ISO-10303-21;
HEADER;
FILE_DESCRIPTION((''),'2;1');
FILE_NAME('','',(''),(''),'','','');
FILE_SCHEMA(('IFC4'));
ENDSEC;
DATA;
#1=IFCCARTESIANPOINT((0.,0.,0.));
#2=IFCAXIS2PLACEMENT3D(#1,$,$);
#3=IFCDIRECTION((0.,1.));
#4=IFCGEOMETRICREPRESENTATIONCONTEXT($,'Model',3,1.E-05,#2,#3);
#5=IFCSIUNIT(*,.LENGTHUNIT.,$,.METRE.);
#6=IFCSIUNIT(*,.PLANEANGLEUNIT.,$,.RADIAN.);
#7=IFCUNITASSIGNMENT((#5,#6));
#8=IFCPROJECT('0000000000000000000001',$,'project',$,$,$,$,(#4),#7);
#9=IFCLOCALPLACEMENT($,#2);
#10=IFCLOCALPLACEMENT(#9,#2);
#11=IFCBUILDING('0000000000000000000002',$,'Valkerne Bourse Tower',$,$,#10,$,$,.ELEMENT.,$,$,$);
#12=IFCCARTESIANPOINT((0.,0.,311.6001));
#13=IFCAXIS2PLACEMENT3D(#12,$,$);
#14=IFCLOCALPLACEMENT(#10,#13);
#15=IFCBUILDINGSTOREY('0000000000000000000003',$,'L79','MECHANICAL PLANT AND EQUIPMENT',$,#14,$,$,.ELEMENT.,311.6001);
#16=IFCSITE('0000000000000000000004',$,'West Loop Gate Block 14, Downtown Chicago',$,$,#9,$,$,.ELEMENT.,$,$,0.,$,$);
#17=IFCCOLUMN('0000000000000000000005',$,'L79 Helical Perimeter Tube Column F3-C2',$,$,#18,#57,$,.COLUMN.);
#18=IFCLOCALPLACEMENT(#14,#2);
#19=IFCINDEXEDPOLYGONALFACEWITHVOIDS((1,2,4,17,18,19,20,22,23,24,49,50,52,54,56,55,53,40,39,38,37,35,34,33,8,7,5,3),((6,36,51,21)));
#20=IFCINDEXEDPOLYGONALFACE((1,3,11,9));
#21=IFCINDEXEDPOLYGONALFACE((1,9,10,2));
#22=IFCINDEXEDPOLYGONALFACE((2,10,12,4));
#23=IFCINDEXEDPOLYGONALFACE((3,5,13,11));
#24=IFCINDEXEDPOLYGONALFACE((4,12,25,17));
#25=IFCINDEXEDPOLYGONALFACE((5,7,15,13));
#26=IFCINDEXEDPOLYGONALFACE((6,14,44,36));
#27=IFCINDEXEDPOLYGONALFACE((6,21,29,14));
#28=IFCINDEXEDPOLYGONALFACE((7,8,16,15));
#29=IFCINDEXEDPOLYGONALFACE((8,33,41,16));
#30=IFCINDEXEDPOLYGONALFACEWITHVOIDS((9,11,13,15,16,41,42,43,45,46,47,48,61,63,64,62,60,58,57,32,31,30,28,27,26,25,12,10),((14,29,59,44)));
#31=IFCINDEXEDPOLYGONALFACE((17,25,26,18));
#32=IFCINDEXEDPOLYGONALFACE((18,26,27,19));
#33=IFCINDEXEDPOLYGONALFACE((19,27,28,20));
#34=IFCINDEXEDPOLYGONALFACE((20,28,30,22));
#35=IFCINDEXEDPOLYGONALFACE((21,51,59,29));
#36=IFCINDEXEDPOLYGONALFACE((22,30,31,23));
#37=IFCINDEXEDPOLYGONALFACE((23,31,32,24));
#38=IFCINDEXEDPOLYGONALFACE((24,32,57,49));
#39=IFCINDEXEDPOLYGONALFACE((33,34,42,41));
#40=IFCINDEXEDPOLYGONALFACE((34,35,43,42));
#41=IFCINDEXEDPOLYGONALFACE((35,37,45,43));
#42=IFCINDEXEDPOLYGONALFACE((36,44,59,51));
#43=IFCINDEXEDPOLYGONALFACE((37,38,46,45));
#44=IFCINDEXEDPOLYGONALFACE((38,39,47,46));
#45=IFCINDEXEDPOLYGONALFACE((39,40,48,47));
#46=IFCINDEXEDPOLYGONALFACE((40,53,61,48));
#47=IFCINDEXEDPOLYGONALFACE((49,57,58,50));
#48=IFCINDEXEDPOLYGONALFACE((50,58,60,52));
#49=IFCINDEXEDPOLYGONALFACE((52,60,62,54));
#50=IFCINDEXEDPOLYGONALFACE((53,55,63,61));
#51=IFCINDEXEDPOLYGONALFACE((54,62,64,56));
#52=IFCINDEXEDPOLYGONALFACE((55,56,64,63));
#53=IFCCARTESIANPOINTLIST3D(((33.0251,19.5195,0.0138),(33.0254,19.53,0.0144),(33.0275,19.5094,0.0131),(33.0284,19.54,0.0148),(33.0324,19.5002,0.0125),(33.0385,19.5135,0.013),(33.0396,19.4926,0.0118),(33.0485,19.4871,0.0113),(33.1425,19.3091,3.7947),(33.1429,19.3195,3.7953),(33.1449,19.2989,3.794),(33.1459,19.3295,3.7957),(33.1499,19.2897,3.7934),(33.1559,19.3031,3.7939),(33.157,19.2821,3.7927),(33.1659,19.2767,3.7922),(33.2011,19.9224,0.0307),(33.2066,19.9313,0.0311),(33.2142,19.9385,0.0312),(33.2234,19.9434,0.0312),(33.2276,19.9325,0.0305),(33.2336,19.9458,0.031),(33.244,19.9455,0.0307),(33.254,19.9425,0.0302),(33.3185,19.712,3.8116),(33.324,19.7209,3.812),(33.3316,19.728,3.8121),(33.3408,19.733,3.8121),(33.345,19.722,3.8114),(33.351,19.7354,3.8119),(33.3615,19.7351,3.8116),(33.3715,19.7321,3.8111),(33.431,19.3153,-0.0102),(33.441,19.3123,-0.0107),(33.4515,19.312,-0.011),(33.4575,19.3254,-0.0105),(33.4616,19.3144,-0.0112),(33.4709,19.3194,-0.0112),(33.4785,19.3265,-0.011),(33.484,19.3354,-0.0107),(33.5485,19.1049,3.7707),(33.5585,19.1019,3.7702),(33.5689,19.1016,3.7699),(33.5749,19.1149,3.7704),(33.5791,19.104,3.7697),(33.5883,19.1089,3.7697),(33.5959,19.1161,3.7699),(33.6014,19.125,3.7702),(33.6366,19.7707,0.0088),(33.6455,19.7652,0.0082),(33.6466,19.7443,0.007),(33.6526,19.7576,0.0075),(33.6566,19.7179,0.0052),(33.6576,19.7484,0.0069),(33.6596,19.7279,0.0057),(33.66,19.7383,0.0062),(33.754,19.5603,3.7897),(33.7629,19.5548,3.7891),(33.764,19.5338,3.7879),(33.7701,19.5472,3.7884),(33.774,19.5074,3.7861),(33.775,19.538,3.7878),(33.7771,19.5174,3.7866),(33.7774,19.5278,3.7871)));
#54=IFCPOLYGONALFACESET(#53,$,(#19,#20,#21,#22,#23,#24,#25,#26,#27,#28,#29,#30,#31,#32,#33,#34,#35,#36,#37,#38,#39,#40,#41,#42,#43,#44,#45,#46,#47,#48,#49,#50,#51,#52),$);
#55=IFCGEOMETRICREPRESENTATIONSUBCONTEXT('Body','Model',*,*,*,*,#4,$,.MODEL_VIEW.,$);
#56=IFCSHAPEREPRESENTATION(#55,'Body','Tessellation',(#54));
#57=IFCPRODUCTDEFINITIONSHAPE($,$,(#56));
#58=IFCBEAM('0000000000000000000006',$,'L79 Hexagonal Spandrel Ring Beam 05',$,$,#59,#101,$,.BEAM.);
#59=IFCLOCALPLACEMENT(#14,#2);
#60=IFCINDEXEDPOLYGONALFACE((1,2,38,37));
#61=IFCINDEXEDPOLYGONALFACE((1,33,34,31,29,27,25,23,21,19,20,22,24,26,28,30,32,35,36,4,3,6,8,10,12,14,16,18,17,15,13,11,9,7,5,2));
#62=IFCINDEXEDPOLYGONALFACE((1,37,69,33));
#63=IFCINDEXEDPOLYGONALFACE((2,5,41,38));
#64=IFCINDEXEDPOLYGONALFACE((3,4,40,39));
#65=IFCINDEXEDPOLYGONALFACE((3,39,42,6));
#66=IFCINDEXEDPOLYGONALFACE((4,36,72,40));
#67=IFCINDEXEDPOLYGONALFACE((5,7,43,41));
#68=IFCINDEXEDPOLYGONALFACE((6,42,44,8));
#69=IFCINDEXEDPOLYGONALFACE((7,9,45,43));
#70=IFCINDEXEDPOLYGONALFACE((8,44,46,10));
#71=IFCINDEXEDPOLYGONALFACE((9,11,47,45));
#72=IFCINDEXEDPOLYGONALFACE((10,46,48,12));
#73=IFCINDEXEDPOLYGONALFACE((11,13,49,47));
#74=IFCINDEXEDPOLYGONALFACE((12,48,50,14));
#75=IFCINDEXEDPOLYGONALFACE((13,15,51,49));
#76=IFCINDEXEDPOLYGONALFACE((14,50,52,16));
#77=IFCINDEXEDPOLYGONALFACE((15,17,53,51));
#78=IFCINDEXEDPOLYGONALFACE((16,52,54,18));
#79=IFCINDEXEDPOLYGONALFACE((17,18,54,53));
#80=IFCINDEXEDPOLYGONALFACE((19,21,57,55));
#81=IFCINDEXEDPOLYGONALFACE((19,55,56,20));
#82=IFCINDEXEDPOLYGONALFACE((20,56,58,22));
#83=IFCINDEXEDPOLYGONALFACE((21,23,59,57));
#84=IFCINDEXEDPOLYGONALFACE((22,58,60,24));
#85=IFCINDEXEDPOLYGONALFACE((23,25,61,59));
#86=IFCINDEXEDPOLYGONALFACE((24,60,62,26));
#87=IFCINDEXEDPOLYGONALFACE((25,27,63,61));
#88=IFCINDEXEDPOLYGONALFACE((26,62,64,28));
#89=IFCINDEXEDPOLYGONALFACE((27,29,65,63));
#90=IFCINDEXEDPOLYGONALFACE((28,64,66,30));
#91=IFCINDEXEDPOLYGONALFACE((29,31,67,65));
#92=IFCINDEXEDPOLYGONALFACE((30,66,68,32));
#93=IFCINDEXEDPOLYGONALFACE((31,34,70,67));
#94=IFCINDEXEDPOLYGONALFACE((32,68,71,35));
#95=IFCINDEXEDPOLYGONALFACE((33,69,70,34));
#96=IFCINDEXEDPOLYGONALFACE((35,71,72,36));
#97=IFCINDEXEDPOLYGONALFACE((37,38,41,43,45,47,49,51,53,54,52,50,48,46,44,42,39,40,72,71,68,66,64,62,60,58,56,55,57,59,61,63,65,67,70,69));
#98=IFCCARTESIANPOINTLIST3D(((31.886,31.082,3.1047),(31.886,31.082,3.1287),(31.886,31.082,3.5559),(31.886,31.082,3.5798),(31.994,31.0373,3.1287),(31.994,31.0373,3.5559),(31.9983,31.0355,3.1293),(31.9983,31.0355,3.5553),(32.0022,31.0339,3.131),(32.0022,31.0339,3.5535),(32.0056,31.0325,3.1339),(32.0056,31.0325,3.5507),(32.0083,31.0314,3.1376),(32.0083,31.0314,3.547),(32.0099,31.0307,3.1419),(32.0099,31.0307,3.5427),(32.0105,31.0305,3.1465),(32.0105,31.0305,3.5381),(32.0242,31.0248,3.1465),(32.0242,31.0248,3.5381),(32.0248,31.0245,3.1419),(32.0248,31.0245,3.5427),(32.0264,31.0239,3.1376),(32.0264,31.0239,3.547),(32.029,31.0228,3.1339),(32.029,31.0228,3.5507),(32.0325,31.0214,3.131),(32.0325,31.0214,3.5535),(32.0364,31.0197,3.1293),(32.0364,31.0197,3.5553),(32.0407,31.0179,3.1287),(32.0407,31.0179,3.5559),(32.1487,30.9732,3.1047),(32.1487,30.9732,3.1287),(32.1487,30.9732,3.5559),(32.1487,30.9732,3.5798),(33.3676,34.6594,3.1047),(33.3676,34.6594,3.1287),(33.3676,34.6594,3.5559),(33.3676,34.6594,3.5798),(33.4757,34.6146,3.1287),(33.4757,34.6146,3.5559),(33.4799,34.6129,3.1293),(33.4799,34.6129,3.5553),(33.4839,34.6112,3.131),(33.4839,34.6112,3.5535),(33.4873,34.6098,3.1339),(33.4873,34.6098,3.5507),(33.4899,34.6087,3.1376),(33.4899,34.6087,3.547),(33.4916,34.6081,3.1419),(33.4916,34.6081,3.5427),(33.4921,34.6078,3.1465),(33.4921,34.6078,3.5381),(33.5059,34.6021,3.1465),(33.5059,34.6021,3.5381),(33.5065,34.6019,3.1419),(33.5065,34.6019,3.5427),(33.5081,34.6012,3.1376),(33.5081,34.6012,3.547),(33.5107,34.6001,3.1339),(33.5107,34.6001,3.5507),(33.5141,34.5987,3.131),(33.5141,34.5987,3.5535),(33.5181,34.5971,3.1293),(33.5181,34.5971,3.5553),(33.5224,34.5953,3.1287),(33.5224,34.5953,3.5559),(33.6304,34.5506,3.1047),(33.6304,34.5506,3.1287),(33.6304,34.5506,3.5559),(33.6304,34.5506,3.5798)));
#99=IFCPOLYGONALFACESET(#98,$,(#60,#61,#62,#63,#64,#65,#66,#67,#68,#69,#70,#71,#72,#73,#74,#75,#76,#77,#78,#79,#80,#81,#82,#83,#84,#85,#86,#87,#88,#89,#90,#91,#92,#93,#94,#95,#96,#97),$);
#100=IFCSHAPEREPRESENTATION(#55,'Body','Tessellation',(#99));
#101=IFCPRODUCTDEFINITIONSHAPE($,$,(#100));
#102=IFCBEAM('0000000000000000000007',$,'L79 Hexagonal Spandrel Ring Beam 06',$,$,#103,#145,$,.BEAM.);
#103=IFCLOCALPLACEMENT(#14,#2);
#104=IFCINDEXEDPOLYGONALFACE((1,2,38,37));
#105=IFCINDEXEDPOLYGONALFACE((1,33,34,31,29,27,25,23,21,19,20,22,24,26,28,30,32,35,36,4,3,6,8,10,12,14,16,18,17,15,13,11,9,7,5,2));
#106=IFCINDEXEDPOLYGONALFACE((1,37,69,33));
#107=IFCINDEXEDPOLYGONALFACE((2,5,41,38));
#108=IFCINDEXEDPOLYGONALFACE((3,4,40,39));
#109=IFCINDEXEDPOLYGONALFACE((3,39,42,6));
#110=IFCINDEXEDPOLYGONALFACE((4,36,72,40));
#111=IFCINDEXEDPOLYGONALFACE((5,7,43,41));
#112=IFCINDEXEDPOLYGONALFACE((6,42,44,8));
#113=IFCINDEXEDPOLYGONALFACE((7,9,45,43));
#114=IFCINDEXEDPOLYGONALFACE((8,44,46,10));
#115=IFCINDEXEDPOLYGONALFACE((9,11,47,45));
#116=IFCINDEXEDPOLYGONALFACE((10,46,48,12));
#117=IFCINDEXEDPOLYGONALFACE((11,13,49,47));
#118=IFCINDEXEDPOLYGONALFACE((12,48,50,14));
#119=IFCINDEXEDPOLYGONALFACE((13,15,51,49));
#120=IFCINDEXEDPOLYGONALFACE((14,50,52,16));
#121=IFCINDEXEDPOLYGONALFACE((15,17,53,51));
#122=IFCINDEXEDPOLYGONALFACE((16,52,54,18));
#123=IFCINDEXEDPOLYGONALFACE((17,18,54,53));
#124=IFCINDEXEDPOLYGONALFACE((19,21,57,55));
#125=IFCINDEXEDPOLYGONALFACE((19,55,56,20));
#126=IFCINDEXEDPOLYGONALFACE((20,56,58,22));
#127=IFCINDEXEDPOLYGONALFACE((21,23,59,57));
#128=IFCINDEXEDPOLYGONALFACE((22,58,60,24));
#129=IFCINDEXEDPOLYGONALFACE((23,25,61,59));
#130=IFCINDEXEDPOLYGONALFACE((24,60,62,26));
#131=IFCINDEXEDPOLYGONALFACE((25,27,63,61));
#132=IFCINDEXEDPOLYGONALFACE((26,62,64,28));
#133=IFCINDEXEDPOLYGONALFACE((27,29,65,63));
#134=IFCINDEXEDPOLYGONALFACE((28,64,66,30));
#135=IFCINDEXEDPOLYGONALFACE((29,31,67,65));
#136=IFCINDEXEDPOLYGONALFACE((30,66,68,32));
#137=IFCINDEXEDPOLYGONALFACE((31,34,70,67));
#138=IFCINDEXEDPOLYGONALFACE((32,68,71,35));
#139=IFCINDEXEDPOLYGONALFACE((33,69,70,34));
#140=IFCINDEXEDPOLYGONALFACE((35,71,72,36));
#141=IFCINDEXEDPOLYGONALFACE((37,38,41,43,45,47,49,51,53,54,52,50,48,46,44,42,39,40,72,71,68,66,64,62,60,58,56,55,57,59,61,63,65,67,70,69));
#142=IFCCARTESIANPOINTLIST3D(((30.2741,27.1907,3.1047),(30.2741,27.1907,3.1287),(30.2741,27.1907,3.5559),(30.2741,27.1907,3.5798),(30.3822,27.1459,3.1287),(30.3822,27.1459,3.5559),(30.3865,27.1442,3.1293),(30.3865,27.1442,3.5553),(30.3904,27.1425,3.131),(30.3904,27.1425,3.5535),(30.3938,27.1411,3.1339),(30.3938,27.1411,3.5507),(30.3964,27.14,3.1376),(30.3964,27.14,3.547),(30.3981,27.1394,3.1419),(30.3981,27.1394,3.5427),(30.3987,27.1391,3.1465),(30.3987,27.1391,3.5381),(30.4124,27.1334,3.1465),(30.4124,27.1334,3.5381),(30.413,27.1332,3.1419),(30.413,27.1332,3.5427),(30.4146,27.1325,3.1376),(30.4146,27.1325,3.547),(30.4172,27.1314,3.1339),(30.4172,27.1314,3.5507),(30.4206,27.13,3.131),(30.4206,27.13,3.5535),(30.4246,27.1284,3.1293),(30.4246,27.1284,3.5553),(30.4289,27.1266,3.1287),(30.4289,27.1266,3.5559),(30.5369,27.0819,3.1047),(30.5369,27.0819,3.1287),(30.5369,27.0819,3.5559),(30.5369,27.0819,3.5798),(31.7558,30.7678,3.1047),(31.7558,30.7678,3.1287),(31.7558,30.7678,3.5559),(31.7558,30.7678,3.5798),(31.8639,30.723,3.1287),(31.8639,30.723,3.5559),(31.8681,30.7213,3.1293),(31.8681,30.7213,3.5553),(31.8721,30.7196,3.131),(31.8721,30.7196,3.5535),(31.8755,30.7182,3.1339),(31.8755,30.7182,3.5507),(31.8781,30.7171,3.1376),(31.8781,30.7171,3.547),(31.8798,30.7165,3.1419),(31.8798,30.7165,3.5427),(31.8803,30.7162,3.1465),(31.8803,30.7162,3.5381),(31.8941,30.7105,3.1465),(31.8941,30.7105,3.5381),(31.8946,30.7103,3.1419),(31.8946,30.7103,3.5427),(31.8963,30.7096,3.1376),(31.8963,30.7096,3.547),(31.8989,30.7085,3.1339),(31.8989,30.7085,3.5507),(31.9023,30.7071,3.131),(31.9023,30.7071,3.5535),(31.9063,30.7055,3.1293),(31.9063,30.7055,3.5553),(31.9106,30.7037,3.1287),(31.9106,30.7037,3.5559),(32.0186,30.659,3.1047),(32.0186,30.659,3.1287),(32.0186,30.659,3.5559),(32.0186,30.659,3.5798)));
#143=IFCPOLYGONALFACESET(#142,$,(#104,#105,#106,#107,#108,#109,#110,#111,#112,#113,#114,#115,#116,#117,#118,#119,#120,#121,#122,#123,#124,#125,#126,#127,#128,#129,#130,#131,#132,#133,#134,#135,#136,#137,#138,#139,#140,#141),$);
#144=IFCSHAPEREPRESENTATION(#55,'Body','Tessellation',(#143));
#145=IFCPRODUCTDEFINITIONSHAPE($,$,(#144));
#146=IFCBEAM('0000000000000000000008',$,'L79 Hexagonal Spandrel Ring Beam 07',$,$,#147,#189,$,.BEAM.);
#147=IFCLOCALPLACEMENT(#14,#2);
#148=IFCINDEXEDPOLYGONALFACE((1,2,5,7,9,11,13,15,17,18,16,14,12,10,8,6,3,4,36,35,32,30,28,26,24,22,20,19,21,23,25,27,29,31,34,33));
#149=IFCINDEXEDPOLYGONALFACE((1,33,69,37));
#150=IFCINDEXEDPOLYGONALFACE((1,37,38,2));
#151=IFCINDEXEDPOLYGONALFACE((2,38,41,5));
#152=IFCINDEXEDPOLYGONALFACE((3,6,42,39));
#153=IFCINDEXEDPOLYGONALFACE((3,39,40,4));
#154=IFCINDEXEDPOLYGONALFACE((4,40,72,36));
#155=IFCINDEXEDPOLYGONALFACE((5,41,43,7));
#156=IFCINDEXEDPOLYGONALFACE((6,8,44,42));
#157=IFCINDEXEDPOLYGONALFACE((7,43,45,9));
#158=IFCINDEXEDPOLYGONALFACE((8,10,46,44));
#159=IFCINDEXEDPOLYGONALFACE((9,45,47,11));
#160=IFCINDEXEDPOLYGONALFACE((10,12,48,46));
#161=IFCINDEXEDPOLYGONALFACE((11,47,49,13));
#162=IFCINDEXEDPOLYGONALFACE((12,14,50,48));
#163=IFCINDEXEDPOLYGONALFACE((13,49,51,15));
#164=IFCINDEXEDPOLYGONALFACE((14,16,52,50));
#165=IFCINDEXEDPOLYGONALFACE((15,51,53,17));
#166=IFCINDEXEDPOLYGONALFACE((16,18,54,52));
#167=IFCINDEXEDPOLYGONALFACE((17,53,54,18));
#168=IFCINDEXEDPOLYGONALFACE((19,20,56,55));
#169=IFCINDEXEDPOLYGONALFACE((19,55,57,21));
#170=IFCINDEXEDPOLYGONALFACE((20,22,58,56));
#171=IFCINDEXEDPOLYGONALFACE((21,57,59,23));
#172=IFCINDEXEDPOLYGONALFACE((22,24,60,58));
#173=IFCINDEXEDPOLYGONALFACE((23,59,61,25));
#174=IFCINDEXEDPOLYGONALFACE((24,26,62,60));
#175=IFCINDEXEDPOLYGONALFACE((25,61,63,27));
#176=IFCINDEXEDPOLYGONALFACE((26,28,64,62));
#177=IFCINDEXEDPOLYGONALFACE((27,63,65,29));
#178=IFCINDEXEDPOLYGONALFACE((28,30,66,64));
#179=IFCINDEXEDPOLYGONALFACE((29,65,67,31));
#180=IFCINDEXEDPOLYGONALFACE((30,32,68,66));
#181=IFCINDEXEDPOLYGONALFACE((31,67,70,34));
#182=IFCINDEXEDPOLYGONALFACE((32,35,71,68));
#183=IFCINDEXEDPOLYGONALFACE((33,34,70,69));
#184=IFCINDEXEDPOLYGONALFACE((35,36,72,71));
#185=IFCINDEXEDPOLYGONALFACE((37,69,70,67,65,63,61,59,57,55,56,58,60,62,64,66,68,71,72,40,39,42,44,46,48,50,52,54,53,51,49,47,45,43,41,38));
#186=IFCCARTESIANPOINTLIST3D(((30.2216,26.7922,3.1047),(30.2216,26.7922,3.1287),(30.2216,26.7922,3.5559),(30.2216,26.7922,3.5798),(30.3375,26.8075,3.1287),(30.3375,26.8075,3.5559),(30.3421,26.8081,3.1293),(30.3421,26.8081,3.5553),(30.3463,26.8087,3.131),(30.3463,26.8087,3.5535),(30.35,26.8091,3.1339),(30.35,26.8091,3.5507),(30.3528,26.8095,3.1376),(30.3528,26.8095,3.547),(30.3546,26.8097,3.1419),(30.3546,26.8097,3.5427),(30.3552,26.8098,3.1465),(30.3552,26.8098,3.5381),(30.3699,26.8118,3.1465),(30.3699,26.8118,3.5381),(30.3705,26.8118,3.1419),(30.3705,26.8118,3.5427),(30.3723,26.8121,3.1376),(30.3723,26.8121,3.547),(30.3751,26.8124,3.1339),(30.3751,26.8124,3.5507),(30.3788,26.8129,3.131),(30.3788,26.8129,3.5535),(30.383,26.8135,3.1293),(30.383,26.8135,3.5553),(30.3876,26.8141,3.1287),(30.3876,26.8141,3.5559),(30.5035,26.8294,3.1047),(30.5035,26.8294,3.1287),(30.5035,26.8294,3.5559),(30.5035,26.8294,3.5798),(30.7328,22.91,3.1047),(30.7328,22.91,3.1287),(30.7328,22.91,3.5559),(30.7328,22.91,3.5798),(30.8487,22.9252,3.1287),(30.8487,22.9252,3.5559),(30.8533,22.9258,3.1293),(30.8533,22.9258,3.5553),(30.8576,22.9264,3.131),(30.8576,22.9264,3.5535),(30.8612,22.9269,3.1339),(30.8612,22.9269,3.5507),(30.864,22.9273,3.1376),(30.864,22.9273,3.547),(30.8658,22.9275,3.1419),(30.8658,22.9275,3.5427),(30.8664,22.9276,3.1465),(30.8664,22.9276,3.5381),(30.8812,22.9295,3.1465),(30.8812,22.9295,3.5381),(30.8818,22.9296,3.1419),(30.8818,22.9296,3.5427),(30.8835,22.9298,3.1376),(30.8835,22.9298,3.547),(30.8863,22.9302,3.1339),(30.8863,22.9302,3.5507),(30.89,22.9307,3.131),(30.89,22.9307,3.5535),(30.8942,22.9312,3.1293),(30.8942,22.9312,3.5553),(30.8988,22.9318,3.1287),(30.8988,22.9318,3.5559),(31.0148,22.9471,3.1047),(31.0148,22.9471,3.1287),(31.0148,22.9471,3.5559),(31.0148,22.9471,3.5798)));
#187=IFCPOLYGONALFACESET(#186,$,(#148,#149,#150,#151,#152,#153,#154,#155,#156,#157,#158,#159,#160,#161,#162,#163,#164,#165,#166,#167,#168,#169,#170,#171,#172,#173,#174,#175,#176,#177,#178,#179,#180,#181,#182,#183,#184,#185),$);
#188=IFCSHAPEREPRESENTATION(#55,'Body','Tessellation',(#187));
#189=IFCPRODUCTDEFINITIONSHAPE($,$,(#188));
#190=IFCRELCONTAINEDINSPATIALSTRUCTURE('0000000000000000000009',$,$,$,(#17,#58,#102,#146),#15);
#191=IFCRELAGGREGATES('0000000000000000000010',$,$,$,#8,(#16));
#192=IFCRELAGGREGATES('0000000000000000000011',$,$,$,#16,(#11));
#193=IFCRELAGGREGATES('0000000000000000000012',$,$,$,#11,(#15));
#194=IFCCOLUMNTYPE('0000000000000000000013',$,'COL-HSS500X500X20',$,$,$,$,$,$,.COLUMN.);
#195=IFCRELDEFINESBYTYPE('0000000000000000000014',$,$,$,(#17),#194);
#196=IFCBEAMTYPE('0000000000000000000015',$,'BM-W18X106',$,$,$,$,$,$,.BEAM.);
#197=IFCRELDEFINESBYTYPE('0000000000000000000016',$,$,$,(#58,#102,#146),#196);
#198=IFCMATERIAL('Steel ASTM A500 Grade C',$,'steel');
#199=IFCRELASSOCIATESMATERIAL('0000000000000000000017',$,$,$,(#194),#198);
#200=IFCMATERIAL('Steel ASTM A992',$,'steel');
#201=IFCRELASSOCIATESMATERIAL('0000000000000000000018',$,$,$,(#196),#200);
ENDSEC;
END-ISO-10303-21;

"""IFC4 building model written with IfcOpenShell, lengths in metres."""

from ifc_helpers import new_model, si_unit, direction, frame, origin, origin_2d, place, context, subcontext, project, spatial, hollow_rectangle, i_section, extrude, material, material_profile, profile_set, type_object, element, save


model = new_model("IFC4")

# Units and contexts
model_context = context("Model", 3, precision=1e-05, world=origin(), true_north=direction((0.0, 1.0)))
body_context = subcontext(model_context, "Body", "Model", "MODEL_VIEW")
ifc_project = project(units=[si_unit("LENGTHUNIT", "METRE"), si_unit("PLANEANGLEUNIT", "RADIAN")], contexts=[model_context])

# Site, building, storey
site_placement = place(None, origin())
site = spatial("IfcSite", under=ifc_project, at=site_placement, Name="West Loop Gate Block 14, Downtown Chicago", CompositionType="ELEMENT", RefElevation=0.0)
building_placement = place(site_placement, origin())
building = spatial("IfcBuilding", under=site, at=building_placement, Name="Valkerne Bourse Tower", CompositionType="ELEMENT")
storey_placement = place(building_placement, frame((0.0, 0.0, 311.6001)))
storey = spatial("IfcBuildingStorey", under=building, at=storey_placement, Name="L79", Description="MECHANICAL PLANT AND EQUIPMENT", CompositionType="ELEMENT", Elevation=311.6001)

# Column
ifc_material_1 = material(Name="Steel ASTM A500 Grade C", Category="steel")
ifc_material_profile_1 = material_profile(ifc_material_1, hollow_rectangle(XDim=0.5, YDim=0.5, WallThickness=0.02, OuterFilletRadius=0.04, at=origin_2d()), Name="HSS500X500X20")
ifc_profile_set_1 = profile_set([ifc_material_profile_1], Name="Steel ASTM A500 Grade C")
column_type = type_object("IfcColumnType", Name="COL-HSS500X500X20", PredefinedType="COLUMN", material=ifc_profile_set_1)
column_placement = place(storey_placement, frame((33.3425, 19.6289, 0.01), z_axis=(0.030995, -0.055547, 0.997975), x_axis=(0.911054, -0.409113, -0.051067)))
element("IfcColumn", 1, at=column_placement, inside=storey, type_object=column_type, Name="L79 Helical Perimeter Tube Column F3-C2", PredefinedType="COLUMN", context=body_context, shape_type="SweptSolid", body=[
    extrude(hollow_rectangle(XDim=0.5, YDim=0.5, WallThickness=0.02, OuterFilletRadius=0.04, at=origin_2d()), origin(), (0.0, 0.0, 1.0), 3.7886),
])

# Beams
ifc_material_2 = material(Name="Steel ASTM A992", Category="steel")
ifc_material_profile_2 = material_profile(ifc_material_2, i_section(OverallWidth=0.2844, OverallDepth=0.4751, WebThickness=0.0149, FlangeThickness=0.0239, FilletRadius=0.0178, at=origin_2d()), Name="W18X106")
ifc_profile_set_2 = profile_set([ifc_material_profile_2], Name="Steel ASTM A992")
beam_type_1 = type_object("IfcBeamType", Name="BM-W18X106", PredefinedType="BEAM", material=ifc_profile_set_2)
beam_1_placement = place(storey_placement, frame((33.499, 34.605, 3.3423), z_axis=(-0.382658, -0.92389, 0.0), x_axis=(0.92389, -0.382658, 0.0)))
element("IfcBeam", 2, at=beam_1_placement, inside=storey, type_object=beam_type_1, Name="L79 Hexagonal Spandrel Ring Beam 05", PredefinedType="BEAM", context=body_context, shape_type="SweptSolid", body=[
    extrude(i_section(OverallWidth=0.2844, OverallDepth=0.4751, WebThickness=0.0149, FlangeThickness=0.0239, FilletRadius=0.0178, at=origin_2d()), origin(), (0.0, 0.0, 1.0), 3.8721),
])
beam_2_placement = place(storey_placement, frame((31.8872, 30.7134, 3.3423), z_axis=(-0.38268, -0.923881, 0.0), x_axis=(0.923881, -0.38268, 0.0)))
element("IfcBeam", 3, at=beam_2_placement, inside=storey, type_object=beam_type_1, Name="L79 Hexagonal Spandrel Ring Beam 06", PredefinedType="BEAM", context=body_context, shape_type="SweptSolid", body=[
    extrude(i_section(OverallWidth=0.2844, OverallDepth=0.4751, WebThickness=0.0149, FlangeThickness=0.0239, FilletRadius=0.0178, at=origin_2d()), origin(), (0.0, 0.0, 1.0), 3.8718),
])
beam_3_placement = place(storey_placement, frame((30.3625, 26.8108, 3.3423), z_axis=(0.130555, -0.991441, 0.0), x_axis=(0.991441, 0.130555, 0.0)))
element("IfcBeam", 4, at=beam_3_placement, inside=storey, type_object=beam_type_1, Name="L79 Hexagonal Spandrel Ring Beam 07", PredefinedType="BEAM", context=body_context, shape_type="SweptSolid", body=[
    extrude(i_section(OverallWidth=0.2844, OverallDepth=0.4751, WebThickness=0.0149, FlangeThickness=0.0239, FilletRadius=0.0178, at=origin_2d()), origin(), (0.0, 0.0, 1.0), 3.9158),
])

save(model, "model.ifc")
